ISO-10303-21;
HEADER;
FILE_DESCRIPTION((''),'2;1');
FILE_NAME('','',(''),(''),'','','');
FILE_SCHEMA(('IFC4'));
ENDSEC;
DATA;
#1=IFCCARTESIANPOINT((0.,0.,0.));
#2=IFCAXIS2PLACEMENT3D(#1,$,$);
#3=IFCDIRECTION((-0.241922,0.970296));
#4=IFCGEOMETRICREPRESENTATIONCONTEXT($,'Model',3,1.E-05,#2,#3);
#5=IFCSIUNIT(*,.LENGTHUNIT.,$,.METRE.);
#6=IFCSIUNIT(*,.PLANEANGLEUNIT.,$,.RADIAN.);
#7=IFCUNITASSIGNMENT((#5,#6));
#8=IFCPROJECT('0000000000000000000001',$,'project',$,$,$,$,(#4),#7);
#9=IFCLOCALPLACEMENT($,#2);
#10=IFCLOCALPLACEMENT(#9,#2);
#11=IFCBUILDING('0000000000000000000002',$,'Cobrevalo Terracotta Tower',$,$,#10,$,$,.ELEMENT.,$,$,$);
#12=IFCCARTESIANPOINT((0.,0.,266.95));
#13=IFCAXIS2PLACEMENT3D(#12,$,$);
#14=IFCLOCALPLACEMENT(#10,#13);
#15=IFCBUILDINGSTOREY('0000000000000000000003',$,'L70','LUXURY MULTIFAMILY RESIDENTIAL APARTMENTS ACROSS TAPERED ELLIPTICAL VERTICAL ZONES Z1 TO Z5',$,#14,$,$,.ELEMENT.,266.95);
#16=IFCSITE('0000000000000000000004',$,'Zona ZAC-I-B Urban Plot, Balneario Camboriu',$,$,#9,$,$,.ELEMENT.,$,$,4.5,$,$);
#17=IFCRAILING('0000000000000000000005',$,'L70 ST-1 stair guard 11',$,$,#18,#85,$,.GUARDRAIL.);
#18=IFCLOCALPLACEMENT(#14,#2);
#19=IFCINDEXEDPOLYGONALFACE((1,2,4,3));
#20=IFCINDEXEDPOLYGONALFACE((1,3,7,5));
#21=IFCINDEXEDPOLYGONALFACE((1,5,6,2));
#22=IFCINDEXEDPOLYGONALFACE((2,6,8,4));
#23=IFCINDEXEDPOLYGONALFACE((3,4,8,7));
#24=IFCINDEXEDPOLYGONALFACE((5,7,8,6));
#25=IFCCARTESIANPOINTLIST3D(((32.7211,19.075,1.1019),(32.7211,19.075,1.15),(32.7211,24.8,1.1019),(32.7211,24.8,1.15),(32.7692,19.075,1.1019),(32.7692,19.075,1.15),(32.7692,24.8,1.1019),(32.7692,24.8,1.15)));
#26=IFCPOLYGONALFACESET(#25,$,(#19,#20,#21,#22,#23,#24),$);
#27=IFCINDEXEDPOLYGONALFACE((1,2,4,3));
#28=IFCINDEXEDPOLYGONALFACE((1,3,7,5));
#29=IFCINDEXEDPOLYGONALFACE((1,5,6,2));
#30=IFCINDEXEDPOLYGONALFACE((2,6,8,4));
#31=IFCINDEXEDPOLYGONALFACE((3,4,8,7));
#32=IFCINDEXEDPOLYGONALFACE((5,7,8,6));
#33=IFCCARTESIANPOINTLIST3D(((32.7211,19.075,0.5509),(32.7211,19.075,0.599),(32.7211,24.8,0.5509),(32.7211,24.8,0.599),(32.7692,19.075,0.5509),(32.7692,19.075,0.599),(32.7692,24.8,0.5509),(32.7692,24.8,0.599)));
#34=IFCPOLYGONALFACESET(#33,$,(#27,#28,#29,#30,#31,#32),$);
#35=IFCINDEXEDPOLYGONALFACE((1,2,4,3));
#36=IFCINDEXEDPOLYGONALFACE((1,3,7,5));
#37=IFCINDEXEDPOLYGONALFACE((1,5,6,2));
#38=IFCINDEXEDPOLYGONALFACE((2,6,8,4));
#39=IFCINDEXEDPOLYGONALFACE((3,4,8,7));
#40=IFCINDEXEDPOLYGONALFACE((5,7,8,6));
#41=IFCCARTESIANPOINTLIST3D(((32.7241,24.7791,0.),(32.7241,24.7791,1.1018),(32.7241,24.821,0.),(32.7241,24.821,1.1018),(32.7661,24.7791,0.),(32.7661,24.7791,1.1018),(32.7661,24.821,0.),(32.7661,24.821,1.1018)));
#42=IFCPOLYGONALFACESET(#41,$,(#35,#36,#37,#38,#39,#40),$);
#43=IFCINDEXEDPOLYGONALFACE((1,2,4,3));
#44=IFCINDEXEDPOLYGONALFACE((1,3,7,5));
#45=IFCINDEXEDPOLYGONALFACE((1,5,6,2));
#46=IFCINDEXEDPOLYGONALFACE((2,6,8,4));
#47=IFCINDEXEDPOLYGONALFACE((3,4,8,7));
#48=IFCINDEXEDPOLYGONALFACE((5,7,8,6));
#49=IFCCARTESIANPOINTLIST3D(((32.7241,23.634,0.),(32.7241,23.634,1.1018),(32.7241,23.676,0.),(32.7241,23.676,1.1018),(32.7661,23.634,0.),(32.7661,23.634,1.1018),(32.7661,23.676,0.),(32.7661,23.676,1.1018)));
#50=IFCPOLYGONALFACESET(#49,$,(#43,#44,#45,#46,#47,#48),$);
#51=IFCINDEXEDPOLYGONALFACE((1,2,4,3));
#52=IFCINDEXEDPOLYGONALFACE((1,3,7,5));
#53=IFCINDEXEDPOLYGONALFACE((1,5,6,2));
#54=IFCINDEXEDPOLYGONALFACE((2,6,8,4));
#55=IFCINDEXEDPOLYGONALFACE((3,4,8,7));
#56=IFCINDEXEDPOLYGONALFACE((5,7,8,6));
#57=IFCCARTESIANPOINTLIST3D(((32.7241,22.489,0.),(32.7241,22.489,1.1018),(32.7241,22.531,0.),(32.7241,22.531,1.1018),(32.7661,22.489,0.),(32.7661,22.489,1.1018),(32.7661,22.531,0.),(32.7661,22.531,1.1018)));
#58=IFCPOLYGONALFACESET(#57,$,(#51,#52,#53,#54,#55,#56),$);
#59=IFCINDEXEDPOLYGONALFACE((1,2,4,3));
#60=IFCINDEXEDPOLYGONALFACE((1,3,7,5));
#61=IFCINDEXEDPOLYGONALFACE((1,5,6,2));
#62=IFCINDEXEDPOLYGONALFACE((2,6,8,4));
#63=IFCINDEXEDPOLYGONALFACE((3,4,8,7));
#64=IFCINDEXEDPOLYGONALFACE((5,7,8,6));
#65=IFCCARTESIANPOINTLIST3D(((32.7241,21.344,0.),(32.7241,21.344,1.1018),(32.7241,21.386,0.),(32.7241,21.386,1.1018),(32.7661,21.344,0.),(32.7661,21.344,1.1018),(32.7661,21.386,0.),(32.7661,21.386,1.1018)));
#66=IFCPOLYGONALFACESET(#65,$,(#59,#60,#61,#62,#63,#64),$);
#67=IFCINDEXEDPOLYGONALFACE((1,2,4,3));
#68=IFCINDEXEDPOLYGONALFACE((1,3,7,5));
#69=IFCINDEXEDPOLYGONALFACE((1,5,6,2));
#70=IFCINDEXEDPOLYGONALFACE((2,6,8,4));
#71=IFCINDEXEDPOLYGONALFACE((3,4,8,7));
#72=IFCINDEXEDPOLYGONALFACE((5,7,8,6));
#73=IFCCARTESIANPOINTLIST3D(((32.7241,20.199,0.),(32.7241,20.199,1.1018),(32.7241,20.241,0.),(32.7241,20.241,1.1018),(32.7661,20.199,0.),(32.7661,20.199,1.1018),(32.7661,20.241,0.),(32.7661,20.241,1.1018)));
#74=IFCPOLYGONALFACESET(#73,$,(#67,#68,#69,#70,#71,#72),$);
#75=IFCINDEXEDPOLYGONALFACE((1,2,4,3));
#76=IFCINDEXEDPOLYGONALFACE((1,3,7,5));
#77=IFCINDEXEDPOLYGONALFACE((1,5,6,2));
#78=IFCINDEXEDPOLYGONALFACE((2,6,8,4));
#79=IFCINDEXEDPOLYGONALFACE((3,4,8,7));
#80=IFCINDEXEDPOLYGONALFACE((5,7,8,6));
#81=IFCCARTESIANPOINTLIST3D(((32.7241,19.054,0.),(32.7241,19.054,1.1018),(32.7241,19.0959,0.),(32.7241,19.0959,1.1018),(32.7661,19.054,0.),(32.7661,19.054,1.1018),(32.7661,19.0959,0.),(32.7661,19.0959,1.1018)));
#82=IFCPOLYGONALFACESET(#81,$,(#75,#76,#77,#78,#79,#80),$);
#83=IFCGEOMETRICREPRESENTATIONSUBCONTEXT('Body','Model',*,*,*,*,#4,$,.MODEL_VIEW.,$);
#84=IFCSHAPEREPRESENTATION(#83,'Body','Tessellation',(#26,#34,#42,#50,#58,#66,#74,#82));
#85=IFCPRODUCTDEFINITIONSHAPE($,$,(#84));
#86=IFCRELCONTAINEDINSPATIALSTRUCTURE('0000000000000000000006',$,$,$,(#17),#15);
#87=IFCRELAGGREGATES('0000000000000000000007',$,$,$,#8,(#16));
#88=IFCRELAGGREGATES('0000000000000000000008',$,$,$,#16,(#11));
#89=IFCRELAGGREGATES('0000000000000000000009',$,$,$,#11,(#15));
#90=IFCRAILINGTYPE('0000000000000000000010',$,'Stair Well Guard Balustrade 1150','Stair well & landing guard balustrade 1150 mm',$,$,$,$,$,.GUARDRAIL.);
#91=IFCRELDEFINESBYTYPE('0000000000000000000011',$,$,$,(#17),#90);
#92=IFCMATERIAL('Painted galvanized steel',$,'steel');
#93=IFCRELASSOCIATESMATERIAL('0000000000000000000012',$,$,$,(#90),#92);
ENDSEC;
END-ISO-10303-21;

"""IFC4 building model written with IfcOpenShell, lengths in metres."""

from ifc_helpers import new_model, si_unit, direction, frame, origin, origin_2d, place, context, subcontext, project, spatial, rectangle, extrude, material, type_object, element, save


model = new_model("IFC4")

# Units and contexts
model_context = context("Model", 3, precision=1e-05, world=origin(), true_north=direction((-0.241922, 0.970296)))
body_context = subcontext(model_context, "Body", "Model", "MODEL_VIEW")
ifc_project = project(units=[si_unit("LENGTHUNIT", "METRE"), si_unit("PLANEANGLEUNIT", "RADIAN")], contexts=[model_context])

# Site, building, storey
site_placement = place(None, origin())
site = spatial("IfcSite", under=ifc_project, at=site_placement, Name="Zona ZAC-I-B Urban Plot, Balneario Camboriu", CompositionType="ELEMENT", RefElevation=4.5)
building_placement = place(site_placement, origin())
building = spatial("IfcBuilding", under=site, at=building_placement, Name="Cobrevalo Terracotta Tower", CompositionType="ELEMENT")
storey_placement = place(building_placement, frame((0.0, 0.0, 266.95)))
storey = spatial("IfcBuildingStorey", under=building, at=storey_placement, Name="L70", Description="LUXURY MULTIFAMILY RESIDENTIAL APARTMENTS ACROSS TAPERED ELLIPTICAL VERTICAL ZONES Z1 TO Z5", CompositionType="ELEMENT", Elevation=266.95)

# Railing
ifc_material_1 = material(Name="Painted galvanized steel", Category="steel")
railing_type_1 = type_object("IfcRailingType", Name="Stair Well Guard Balustrade 1150", Description="Stair well & landing guard balustrade 1150 mm", PredefinedType="GUARDRAIL", material=ifc_material_1)
for number, where, name in (
    (1, (32.7451, 24.8, 0.0), "L70 ST-1 stair guard 11"),
):
    element("IfcRailing", number, at=place(storey_placement, frame(where)), inside=storey, type_object=railing_type_1, Name=name, PredefinedType="GUARDRAIL", context=body_context, shape_type="SweptSolid", body=[
        extrude(rectangle(XDim=0.0481, YDim=0.0481, at=origin_2d()), frame((0.0, 0.0, 1.126), z_axis=(0.0, -1.0, 0.0), x_axis=(1.0, 0.0, 0.0)), (0.0, 0.0, 1.0), 5.7251),
        extrude(rectangle(XDim=0.0481, YDim=0.0481, at=origin_2d()), frame((0.0, 0.0, 0.575), z_axis=(0.0, -1.0, 0.0), x_axis=(1.0, 0.0, 0.0)), (0.0, 0.0, 1.0), 5.7251),
        extrude(rectangle(XDim=0.042, YDim=0.042, at=origin_2d()), origin(), (0.0, 0.0, 1.0), 1.1018),
        extrude(rectangle(XDim=0.042, YDim=0.042, at=origin_2d()), frame((0.0, -1.145, 0.0)), (0.0, 0.0, 1.0), 1.1018),
        extrude(rectangle(XDim=0.042, YDim=0.042, at=origin_2d()), frame((0.0, -2.29, 0.0)), (0.0, 0.0, 1.0), 1.1018),
        extrude(rectangle(XDim=0.042, YDim=0.042, at=origin_2d()), frame((0.0, -3.4351, 0.0)), (0.0, 0.0, 1.0), 1.1018),
        extrude(rectangle(XDim=0.042, YDim=0.042, at=origin_2d()), frame((0.0, -4.5801, 0.0)), (0.0, 0.0, 1.0), 1.1018),
        extrude(rectangle(XDim=0.042, YDim=0.042, at=origin_2d()), frame((0.0, -5.7251, 0.0)), (0.0, 0.0, 1.0), 1.1018),
    ])

save(model, "model.ifc")
